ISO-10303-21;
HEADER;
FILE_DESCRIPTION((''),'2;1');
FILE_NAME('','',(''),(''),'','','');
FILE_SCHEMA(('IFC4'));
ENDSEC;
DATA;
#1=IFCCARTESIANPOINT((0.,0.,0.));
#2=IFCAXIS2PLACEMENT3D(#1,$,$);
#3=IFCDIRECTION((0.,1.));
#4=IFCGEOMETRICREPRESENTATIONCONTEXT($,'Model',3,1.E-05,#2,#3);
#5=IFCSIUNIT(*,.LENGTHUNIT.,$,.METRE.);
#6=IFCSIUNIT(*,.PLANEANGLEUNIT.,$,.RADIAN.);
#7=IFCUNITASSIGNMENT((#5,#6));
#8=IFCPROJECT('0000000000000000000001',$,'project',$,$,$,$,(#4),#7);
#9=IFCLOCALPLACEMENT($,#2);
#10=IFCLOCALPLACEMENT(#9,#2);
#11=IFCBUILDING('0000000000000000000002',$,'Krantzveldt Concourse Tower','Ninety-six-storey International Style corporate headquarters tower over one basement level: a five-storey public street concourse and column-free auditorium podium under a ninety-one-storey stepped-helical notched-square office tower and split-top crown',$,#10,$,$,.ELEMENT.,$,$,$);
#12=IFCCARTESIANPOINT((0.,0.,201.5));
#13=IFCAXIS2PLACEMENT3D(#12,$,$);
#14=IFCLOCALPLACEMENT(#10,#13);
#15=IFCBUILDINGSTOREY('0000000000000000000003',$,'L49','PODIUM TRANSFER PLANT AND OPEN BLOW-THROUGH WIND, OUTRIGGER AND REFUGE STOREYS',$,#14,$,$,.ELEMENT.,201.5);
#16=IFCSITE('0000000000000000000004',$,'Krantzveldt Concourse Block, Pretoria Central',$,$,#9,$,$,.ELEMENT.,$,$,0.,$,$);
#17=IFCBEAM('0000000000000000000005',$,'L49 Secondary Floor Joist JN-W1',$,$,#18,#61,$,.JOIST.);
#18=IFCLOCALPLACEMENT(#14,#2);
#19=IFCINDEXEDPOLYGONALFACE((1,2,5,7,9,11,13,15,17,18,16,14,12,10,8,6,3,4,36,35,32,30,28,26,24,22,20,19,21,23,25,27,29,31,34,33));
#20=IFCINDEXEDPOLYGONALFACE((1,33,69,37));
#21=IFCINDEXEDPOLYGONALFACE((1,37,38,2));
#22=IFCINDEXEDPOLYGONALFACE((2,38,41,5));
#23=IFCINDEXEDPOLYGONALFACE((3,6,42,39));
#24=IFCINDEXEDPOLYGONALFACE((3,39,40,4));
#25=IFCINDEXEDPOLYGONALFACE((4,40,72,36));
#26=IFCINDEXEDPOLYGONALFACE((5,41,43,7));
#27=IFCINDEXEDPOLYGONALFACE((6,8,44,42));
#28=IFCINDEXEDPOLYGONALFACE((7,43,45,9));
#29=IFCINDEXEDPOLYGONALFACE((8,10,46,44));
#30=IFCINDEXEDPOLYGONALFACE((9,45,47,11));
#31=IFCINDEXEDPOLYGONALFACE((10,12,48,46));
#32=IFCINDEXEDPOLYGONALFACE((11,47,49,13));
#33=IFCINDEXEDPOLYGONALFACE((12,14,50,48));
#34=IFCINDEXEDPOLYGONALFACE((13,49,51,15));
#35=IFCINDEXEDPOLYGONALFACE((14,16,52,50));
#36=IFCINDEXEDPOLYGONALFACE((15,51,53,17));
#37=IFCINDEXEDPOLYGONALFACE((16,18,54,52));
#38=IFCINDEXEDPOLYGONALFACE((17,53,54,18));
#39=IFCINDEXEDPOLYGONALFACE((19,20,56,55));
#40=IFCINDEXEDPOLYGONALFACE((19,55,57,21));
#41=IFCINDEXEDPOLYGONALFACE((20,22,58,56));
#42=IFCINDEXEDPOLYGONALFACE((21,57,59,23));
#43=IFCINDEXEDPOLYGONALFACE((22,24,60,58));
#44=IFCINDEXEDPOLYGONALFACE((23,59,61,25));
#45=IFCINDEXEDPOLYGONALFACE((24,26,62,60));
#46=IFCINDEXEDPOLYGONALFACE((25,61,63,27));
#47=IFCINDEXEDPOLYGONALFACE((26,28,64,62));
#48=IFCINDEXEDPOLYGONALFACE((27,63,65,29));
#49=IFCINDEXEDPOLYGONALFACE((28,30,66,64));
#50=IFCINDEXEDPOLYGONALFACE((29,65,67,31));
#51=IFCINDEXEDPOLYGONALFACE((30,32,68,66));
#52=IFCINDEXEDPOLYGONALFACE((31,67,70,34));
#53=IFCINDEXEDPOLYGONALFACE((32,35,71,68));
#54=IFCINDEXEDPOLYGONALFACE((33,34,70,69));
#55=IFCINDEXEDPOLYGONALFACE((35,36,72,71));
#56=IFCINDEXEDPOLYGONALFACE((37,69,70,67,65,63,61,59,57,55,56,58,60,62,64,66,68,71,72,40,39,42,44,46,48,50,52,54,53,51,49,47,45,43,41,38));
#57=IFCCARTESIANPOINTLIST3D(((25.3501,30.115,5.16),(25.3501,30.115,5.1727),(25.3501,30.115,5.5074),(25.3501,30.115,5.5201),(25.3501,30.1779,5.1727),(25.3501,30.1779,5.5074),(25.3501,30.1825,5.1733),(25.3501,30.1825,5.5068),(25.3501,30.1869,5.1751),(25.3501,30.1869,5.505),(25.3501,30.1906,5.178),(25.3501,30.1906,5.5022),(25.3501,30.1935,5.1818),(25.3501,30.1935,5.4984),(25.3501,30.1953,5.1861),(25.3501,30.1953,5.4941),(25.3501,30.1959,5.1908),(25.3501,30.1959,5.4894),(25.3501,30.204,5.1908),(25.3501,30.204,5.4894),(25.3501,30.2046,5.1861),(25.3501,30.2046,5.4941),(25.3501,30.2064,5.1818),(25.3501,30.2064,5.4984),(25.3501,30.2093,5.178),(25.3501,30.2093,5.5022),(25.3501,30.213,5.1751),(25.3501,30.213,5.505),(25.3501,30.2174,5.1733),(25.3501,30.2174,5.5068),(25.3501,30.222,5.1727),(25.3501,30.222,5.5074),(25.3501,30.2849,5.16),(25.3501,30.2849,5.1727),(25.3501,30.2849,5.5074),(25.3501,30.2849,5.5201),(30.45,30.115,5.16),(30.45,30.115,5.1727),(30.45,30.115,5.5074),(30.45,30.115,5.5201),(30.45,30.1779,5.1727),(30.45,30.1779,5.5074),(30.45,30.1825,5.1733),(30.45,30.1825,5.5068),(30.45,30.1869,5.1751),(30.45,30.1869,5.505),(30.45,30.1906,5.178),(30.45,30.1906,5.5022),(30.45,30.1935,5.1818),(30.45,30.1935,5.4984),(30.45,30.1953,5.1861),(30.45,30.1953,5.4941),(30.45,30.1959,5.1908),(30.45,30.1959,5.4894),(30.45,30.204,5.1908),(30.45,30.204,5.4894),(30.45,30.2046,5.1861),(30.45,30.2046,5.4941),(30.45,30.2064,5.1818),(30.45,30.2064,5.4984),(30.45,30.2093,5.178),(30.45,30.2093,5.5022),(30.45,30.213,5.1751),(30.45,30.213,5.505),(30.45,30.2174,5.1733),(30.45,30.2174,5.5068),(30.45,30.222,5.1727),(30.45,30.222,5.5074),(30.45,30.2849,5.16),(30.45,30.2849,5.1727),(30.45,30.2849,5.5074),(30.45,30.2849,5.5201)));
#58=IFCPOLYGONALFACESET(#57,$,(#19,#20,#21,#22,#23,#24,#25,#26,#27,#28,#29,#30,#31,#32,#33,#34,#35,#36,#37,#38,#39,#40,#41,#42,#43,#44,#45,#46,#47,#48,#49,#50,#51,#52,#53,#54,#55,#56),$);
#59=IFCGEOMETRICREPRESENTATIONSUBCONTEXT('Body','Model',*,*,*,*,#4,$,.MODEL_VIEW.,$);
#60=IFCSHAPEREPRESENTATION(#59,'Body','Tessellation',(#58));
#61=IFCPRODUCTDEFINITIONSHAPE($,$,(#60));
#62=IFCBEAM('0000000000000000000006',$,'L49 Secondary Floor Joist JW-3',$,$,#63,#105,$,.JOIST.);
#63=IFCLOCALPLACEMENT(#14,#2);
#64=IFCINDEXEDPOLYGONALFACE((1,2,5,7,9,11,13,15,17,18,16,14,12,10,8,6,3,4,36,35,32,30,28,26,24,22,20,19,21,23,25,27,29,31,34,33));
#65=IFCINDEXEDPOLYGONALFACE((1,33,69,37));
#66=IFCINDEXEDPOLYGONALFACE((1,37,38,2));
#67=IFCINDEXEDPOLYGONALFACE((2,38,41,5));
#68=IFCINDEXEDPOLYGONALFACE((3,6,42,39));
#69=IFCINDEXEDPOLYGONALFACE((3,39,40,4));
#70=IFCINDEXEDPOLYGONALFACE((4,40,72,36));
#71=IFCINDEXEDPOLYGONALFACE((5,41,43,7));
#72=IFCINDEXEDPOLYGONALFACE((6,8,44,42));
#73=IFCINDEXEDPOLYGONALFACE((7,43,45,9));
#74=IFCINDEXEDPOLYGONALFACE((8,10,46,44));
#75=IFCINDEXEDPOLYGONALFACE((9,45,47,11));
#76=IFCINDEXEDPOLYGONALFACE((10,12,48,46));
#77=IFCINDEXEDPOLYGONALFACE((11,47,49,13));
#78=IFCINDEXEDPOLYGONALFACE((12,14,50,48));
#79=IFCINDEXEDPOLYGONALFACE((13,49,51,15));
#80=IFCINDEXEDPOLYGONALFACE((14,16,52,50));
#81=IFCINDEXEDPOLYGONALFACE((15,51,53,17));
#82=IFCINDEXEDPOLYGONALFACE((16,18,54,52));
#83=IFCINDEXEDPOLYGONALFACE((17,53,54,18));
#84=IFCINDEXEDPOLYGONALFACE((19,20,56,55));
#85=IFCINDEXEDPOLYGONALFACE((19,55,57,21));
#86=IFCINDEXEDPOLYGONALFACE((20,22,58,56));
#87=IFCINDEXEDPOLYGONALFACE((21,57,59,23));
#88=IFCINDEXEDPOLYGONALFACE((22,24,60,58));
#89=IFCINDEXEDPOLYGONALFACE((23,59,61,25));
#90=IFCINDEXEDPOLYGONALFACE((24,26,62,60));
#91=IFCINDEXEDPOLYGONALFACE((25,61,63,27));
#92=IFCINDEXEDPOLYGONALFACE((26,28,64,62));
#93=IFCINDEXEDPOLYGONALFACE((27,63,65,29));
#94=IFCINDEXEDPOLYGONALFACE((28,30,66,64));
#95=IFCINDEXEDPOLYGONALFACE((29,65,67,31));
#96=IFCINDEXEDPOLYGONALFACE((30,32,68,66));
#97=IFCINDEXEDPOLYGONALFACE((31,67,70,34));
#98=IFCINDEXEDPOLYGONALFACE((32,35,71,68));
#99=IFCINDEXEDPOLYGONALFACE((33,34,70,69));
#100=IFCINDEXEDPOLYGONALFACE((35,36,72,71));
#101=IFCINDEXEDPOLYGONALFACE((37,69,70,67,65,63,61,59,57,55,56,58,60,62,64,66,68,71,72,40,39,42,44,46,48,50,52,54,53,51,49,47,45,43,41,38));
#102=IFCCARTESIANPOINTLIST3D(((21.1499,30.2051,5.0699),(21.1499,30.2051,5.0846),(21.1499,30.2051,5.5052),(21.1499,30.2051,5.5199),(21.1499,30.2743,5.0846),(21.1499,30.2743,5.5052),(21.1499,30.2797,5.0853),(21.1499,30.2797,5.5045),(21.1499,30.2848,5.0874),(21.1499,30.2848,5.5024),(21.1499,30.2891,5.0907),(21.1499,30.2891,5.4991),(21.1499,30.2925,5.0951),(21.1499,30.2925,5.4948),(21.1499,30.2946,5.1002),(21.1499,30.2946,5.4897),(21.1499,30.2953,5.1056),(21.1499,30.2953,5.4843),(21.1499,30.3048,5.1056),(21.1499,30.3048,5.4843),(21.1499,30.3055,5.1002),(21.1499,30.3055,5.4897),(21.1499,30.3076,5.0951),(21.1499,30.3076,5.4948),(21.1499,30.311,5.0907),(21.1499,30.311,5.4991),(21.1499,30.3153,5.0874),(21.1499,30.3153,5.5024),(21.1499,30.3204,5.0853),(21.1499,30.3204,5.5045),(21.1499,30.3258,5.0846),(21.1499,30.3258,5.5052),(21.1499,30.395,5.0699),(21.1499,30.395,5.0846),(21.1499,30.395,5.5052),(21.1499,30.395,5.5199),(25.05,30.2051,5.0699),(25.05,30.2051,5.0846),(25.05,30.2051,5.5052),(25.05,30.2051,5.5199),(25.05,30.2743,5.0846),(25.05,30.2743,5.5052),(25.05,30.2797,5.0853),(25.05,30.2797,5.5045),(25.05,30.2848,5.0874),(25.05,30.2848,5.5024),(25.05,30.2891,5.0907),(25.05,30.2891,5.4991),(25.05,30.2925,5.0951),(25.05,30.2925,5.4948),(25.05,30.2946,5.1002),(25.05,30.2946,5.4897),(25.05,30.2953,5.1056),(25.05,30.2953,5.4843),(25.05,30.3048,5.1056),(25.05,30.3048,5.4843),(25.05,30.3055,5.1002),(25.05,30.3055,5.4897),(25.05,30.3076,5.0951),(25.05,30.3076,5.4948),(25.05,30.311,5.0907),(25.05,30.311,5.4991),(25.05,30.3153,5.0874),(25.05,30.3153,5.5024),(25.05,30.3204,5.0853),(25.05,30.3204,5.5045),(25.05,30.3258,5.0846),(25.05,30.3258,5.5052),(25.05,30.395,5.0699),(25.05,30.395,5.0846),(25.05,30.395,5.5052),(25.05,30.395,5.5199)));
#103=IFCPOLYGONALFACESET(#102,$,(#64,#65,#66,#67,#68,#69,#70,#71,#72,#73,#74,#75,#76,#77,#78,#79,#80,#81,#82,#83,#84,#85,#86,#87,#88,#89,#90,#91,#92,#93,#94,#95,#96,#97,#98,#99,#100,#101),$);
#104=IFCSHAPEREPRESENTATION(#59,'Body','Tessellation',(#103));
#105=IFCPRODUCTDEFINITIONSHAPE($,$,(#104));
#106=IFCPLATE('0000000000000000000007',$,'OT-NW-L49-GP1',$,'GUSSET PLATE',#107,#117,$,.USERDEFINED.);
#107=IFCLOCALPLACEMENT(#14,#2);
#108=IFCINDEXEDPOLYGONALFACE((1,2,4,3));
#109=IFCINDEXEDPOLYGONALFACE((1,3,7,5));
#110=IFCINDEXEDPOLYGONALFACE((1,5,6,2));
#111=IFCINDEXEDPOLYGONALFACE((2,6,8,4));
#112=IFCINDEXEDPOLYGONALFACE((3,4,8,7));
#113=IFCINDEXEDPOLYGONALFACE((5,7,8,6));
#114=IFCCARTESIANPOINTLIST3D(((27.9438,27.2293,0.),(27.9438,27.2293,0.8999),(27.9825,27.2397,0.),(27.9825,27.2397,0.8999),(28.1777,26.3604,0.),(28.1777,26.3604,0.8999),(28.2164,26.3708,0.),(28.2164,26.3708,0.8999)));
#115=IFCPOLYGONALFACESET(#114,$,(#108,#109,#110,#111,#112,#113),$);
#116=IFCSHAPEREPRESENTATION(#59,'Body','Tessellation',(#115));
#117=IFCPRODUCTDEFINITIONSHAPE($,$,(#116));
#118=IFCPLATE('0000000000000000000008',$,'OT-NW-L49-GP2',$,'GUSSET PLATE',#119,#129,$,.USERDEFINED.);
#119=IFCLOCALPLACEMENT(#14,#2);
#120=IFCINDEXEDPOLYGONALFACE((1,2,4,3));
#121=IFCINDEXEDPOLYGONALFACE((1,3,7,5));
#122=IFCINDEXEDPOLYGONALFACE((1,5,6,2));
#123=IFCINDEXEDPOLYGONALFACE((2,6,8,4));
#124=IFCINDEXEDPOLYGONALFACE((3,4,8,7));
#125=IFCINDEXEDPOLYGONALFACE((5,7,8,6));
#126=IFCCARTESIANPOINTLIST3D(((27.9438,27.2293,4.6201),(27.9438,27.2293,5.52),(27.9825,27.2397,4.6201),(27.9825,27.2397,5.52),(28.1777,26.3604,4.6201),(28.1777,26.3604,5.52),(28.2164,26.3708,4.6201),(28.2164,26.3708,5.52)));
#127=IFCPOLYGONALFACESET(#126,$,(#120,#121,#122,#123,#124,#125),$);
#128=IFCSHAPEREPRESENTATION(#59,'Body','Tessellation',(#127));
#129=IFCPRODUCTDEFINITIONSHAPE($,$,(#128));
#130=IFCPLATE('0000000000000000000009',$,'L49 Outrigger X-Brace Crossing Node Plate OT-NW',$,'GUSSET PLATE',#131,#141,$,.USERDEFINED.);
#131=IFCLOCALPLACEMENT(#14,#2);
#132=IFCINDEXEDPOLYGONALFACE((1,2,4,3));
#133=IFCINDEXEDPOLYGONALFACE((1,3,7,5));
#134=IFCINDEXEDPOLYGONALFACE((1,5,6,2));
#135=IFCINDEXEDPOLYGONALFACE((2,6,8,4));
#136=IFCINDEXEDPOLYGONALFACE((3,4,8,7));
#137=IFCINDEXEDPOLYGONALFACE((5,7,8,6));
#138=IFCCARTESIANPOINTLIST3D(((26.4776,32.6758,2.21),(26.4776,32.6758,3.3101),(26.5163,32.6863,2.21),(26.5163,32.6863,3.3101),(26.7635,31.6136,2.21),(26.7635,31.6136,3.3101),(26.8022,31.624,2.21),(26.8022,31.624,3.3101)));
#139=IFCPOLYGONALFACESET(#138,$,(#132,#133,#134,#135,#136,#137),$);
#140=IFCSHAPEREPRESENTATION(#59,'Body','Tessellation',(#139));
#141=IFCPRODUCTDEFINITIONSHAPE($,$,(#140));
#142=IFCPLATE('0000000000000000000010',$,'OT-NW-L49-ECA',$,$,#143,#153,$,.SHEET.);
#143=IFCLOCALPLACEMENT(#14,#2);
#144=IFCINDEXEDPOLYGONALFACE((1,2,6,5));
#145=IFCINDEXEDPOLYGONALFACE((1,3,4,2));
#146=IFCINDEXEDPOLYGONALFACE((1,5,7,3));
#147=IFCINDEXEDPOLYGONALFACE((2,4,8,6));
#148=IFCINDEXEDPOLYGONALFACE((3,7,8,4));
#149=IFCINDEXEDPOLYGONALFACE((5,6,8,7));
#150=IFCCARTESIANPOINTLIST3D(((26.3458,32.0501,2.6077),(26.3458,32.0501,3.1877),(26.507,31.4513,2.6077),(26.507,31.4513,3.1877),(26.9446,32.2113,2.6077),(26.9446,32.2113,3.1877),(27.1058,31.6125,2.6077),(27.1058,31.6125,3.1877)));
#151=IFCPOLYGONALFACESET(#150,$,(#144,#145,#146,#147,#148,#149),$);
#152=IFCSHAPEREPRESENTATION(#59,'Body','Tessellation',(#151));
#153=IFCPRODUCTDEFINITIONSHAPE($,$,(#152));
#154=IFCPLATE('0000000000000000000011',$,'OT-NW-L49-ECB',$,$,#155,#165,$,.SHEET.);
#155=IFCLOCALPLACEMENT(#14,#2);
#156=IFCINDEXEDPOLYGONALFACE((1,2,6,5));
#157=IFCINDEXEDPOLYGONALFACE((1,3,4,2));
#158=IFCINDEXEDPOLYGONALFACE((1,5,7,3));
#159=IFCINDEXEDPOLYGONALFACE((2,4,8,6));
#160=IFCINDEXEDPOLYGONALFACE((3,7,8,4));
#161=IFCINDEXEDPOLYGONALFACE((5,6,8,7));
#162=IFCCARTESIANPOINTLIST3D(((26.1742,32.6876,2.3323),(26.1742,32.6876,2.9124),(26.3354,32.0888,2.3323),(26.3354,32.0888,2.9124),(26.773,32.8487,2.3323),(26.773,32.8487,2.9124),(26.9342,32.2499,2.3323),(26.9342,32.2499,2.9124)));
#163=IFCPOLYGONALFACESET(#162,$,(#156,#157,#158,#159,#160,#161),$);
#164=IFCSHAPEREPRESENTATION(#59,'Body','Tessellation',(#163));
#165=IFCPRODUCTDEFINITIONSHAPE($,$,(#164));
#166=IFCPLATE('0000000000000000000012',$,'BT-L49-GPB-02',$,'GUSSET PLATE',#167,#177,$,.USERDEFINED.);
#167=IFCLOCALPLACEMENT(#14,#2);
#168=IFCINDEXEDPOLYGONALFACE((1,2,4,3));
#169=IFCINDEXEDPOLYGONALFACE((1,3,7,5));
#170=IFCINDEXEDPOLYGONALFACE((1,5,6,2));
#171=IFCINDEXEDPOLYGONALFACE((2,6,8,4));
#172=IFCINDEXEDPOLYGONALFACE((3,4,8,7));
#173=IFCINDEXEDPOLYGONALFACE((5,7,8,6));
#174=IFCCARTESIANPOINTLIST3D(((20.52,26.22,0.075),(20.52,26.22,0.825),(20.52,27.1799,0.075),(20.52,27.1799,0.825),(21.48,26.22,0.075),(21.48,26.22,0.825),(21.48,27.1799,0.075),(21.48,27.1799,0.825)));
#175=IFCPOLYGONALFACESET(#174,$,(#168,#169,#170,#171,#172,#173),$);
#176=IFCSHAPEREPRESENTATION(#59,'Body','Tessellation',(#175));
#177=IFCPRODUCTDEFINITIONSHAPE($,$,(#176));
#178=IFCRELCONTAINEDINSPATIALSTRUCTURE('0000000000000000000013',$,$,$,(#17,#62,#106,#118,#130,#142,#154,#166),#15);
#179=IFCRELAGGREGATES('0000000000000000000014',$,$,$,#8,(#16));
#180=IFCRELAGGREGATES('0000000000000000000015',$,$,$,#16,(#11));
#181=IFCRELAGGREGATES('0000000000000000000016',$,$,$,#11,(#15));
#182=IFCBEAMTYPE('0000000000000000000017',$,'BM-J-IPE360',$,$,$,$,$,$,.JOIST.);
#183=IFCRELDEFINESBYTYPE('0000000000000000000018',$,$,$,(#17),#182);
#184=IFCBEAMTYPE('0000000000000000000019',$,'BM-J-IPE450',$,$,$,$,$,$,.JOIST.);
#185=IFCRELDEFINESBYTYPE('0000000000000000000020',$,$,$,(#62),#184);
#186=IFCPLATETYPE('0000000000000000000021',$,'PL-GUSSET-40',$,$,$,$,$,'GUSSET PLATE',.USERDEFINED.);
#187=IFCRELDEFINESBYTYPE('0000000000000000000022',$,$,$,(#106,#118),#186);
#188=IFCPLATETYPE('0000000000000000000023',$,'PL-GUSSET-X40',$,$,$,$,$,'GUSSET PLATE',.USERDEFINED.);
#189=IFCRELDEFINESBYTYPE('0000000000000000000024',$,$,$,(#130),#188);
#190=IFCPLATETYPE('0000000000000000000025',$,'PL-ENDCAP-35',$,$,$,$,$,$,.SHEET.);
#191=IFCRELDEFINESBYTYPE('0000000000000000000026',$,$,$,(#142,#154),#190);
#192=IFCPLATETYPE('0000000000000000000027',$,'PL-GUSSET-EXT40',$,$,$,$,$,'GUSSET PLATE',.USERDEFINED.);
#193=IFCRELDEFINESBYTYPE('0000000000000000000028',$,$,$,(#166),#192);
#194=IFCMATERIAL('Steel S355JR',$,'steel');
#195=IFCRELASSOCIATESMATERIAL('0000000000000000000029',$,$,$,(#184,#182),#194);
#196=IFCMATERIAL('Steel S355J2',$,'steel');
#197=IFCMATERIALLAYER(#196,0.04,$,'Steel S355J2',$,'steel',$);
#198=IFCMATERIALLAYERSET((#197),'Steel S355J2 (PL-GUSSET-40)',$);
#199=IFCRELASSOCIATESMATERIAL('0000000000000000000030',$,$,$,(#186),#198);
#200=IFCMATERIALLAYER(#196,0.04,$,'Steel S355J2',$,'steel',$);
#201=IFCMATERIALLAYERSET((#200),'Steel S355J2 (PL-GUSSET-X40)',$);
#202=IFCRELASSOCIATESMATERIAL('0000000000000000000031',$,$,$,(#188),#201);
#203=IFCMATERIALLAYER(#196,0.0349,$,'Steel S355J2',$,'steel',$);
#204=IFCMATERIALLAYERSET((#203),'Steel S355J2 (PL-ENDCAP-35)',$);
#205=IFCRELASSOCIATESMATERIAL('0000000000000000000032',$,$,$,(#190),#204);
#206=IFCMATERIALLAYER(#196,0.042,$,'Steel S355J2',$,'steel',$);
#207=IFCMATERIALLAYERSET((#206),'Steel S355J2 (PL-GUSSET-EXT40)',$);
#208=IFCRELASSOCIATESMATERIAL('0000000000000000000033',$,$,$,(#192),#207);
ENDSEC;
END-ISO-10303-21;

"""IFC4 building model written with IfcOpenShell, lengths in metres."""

from ifc_helpers import new_model, si_unit, direction, frame, origin, origin_2d, place, context, subcontext, project, spatial, rectangle, i_section, extrude, source, transform, mapped, material, layer, layer_set, material_profile, profile_set, type_object, type_shapes, element, save


model = new_model("IFC4")

# Units and contexts
model_context = context("Model", 3, precision=1e-05, world=origin(), true_north=direction((0.0, 1.0)))
body_context = subcontext(model_context, "Body", "Model", "MODEL_VIEW")
ifc_project = project(units=[si_unit("LENGTHUNIT", "METRE"), si_unit("PLANEANGLEUNIT", "RADIAN")], contexts=[model_context])

# Site, building, storey
site_placement = place(None, origin())
site = spatial("IfcSite", under=ifc_project, at=site_placement, Name="Krantzveldt Concourse Block, Pretoria Central", CompositionType="ELEMENT", RefElevation=0.0)
building_placement = place(site_placement, origin())
building = spatial("IfcBuilding", under=site, at=building_placement, Name="Krantzveldt Concourse Tower", Description="Ninety-six-storey International Style corporate headquarters tower over one basement level: a five-storey public street concourse and column-free auditorium podium under a ninety-one-storey stepped-helical notched-square office tower and split-top crown", CompositionType="ELEMENT")
storey_placement = place(building_placement, frame((0.0, 0.0, 201.5)))
storey = spatial("IfcBuildingStorey", under=building, at=storey_placement, Name="L49", Description="PODIUM TRANSFER PLANT AND OPEN BLOW-THROUGH WIND, OUTRIGGER AND REFUGE STOREYS", CompositionType="ELEMENT", Elevation=201.5)

# Shared definitions
ifc_material_1 = material(Name="Steel S355JR", Category="steel")
ifc_material_profile_1 = material_profile(ifc_material_1, i_section(OverallWidth=0.1899, OverallDepth=0.45, WebThickness=0.0095, FlangeThickness=0.0146, FilletRadius=0.021, at=origin_2d()), Name="Steel S355JR", Category="steel")
ifc_profile_set_1 = profile_set([ifc_material_profile_1], Name="Steel S355JR - IPE 450")
beam_type_1 = type_object("IfcBeamType", Name="BM-J-IPE450", PredefinedType="JOIST", material=ifc_profile_set_1)
ifc_material_2 = material(Name="Steel S355J2", Category="steel")

# Beams
ifc_material_profile_2 = material_profile(ifc_material_1, i_section(OverallWidth=0.1699, OverallDepth=0.3601, WebThickness=0.0081, FlangeThickness=0.0127, FilletRadius=0.0181, at=origin_2d()), Name="Steel S355JR", Category="steel")
ifc_profile_set_2 = profile_set([ifc_material_profile_2], Name="Steel S355JR - IPE 360")
beam_type_2 = type_object("IfcBeamType", Name="BM-J-IPE360", PredefinedType="JOIST", material=ifc_profile_set_2)
shared_shape_1 = source(origin(), body_context, "Body", "SweptSolid", [
    extrude(i_section(OverallWidth=0.1699, OverallDepth=0.3601, WebThickness=0.0081, FlangeThickness=0.0127, FilletRadius=0.0181, at=origin_2d()), origin(), (0.0, 0.0, 1.0), 5.0999),
])
type_shapes(beam_type_2, [shared_shape_1])
beam_1_placement = place(storey_placement, frame((25.3501, 30.2, 5.3401), z_axis=(1.0, 0.0, 0.0), x_axis=(0.0, 1.0, 0.0)))
element("IfcBeam", 1, at=beam_1_placement, inside=storey, type_object=beam_type_2, Name="L49 Secondary Floor Joist JN-W1", PredefinedType="JOIST", context=body_context, shape_type="MappedRepresentation", body=[
    mapped(shared_shape_1, transform((0.0, 0.0, 0.0), x_axis=(1.0, 0.0, 0.0), y_axis=(0.0, 1.0, 0.0), z_axis=(0.0, 0.0, 1.0), scale=1.0)),
])
shared_shape_2 = source(origin(), body_context, "Body", "SweptSolid", [
    extrude(i_section(OverallWidth=0.1899, OverallDepth=0.45, WebThickness=0.0095, FlangeThickness=0.0146, FilletRadius=0.021, at=origin_2d()), origin(), (0.0, 0.0, 1.0), 3.9001),
])
beam_2_placement = place(storey_placement, frame((21.1499, 30.3, 5.2949), z_axis=(1.0, 0.0, 0.0), x_axis=(0.0, 1.0, 0.0)))
element("IfcBeam", 2, at=beam_2_placement, inside=storey, type_object=beam_type_1, Name="L49 Secondary Floor Joist JW-3", PredefinedType="JOIST", context=body_context, shape_type="MappedRepresentation", body=[
    mapped(shared_shape_2, transform((0.0, 0.0, 0.0), x_axis=(1.0, 0.0, 0.0), y_axis=(0.0, 1.0, 0.0), z_axis=(0.0, 0.0, 1.0), scale=1.0)),
])

# Plates
ifc_layer_1 = layer(ifc_material_2, 0.04, Name="Steel S355J2", Category="steel")
ifc_layer_set_1 = layer_set([ifc_layer_1], Name="Steel S355J2 (PL-GUSSET-40)")
plate_type_1 = type_object("IfcPlateType", Name="PL-GUSSET-40", ElementType="GUSSET PLATE", PredefinedType="USERDEFINED", material=ifc_layer_set_1)
shared_shape_3 = source(origin(), body_context, "Body", "SweptSolid", [
    extrude(rectangle(XDim=0.8999, YDim=0.04, at=origin_2d()), origin(), (0.0, 0.0, 1.0), 0.8999),
])
type_shapes(plate_type_1, [shared_shape_3])
for number, where, z_axis, x_axis, name in (
    (3, (28.0801, 26.8, 0.0), (0.0, 0.0, 1.0), (-0.259915, 0.965632, 0.0), "OT-NW-L49-GP1"),
    (4, (28.0801, 26.8, 4.6201), (0.0, 0.0, 1.0), (-0.259915, 0.965632, 0.0), "OT-NW-L49-GP2"),
):
    element("IfcPlate", number, at=place(storey_placement, frame(where, z_axis=z_axis, x_axis=x_axis)), inside=storey, type_object=plate_type_1, Name=name, ObjectType="GUSSET PLATE", PredefinedType="USERDEFINED", context=body_context, shape_type="MappedRepresentation", body=[
        mapped(shared_shape_3, transform((0.0, 0.0, 0.0), x_axis=(1.0, 0.0, 0.0), y_axis=(0.0, 1.0, 0.0), z_axis=(0.0, 0.0, 1.0), scale=1.0)),
    ])
ifc_layer_2 = layer(ifc_material_2, 0.04, Name="Steel S355J2", Category="steel")
ifc_layer_set_2 = layer_set([ifc_layer_2], Name="Steel S355J2 (PL-GUSSET-X40)")
plate_type_2 = type_object("IfcPlateType", Name="PL-GUSSET-X40", ElementType="GUSSET PLATE", PredefinedType="USERDEFINED", material=ifc_layer_set_2)
shared_shape_4 = source(origin(), body_context, "Body", "SweptSolid", [
    extrude(rectangle(XDim=1.1001, YDim=0.04, at=origin_2d()), origin(), (0.0, 0.0, 1.0), 1.1001),
])
type_shapes(plate_type_2, [shared_shape_4])
plate_1_placement = place(storey_placement, frame((26.6399, 32.1499, 2.21), z_axis=(0.0, 0.0, 1.0), x_axis=(-0.259915, 0.965632, 0.0)))
element("IfcPlate", 5, at=plate_1_placement, inside=storey, type_object=plate_type_2, Name="L49 Outrigger X-Brace Crossing Node Plate OT-NW", ObjectType="GUSSET PLATE", PredefinedType="USERDEFINED", context=body_context, shape_type="MappedRepresentation", body=[
    mapped(shared_shape_4, transform((0.0, 0.0, 0.0), x_axis=(1.0, 0.0, 0.0), y_axis=(0.0, 1.0, 0.0), z_axis=(0.0, 0.0, 1.0), scale=1.0)),
])
ifc_layer_3 = layer(ifc_material_2, 0.0349, Name="Steel S355J2", Category="steel")
ifc_layer_set_3 = layer_set([ifc_layer_3], Name="Steel S355J2 (PL-ENDCAP-35)")
plate_type_3 = type_object("IfcPlateType", Name="PL-ENDCAP-35", PredefinedType="SHEET", material=ifc_layer_set_3)
shared_shape_5 = source(origin(), body_context, "Body", "SweptSolid", [
    extrude(rectangle(XDim=0.6201, YDim=0.6201, at=origin_2d()), origin(), (0.0, 0.0, 1.0), 0.5801),
])
type_shapes(plate_type_3, [shared_shape_5])
for number, where, z_axis, x_axis, name in (
    (6, (26.7258, 31.8313, 2.6077), (0.0, 0.0, 1.0), (-0.259915, 0.965632, 0.0), "OT-NW-L49-ECA"),
    (7, (26.5542, 32.4688, 2.3323), (0.0, 0.0, 1.0), (-0.259915, 0.965632, 0.0), "OT-NW-L49-ECB"),
):
    element("IfcPlate", number, at=place(storey_placement, frame(where, z_axis=z_axis, x_axis=x_axis)), inside=storey, type_object=plate_type_3, Name=name, PredefinedType="SHEET", context=body_context, shape_type="MappedRepresentation", body=[
        mapped(shared_shape_5, transform((0.0, 0.0, 0.0), x_axis=(1.0, 0.0, 0.0), y_axis=(0.0, 1.0, 0.0), z_axis=(0.0, 0.0, 1.0), scale=1.0)),
    ])
ifc_layer_4 = layer(ifc_material_2, 0.042, Name="Steel S355J2", Category="steel")
ifc_layer_set_4 = layer_set([ifc_layer_4], Name="Steel S355J2 (PL-GUSSET-EXT40)")
plate_type_4 = type_object("IfcPlateType", Name="PL-GUSSET-EXT40", ElementType="GUSSET PLATE", PredefinedType="USERDEFINED", material=ifc_layer_set_4)
shared_shape_6 = source(origin(), body_context, "Body", "SweptSolid", [
    extrude(rectangle(XDim=0.96, YDim=0.96, at=origin_2d()), origin(), (0.0, 0.0, 1.0), 0.75),
])
plate_2_placement = place(storey_placement, frame((21.0, 26.7, 0.075), z_axis=(0.0, 0.0, 1.0), x_axis=(1.0, 0.0, 0.0)))
element("IfcPlate", 8, at=plate_2_placement, inside=storey, type_object=plate_type_4, Name="BT-L49-GPB-02", ObjectType="GUSSET PLATE", PredefinedType="USERDEFINED", context=body_context, shape_type="MappedRepresentation", body=[
    mapped(shared_shape_6, transform((0.0, 0.0, 0.0), x_axis=(1.0, 0.0, 0.0), y_axis=(0.0, 1.0, 0.0), z_axis=(0.0, 0.0, 1.0), scale=1.0)),
])

save(model, "model.ifc")
